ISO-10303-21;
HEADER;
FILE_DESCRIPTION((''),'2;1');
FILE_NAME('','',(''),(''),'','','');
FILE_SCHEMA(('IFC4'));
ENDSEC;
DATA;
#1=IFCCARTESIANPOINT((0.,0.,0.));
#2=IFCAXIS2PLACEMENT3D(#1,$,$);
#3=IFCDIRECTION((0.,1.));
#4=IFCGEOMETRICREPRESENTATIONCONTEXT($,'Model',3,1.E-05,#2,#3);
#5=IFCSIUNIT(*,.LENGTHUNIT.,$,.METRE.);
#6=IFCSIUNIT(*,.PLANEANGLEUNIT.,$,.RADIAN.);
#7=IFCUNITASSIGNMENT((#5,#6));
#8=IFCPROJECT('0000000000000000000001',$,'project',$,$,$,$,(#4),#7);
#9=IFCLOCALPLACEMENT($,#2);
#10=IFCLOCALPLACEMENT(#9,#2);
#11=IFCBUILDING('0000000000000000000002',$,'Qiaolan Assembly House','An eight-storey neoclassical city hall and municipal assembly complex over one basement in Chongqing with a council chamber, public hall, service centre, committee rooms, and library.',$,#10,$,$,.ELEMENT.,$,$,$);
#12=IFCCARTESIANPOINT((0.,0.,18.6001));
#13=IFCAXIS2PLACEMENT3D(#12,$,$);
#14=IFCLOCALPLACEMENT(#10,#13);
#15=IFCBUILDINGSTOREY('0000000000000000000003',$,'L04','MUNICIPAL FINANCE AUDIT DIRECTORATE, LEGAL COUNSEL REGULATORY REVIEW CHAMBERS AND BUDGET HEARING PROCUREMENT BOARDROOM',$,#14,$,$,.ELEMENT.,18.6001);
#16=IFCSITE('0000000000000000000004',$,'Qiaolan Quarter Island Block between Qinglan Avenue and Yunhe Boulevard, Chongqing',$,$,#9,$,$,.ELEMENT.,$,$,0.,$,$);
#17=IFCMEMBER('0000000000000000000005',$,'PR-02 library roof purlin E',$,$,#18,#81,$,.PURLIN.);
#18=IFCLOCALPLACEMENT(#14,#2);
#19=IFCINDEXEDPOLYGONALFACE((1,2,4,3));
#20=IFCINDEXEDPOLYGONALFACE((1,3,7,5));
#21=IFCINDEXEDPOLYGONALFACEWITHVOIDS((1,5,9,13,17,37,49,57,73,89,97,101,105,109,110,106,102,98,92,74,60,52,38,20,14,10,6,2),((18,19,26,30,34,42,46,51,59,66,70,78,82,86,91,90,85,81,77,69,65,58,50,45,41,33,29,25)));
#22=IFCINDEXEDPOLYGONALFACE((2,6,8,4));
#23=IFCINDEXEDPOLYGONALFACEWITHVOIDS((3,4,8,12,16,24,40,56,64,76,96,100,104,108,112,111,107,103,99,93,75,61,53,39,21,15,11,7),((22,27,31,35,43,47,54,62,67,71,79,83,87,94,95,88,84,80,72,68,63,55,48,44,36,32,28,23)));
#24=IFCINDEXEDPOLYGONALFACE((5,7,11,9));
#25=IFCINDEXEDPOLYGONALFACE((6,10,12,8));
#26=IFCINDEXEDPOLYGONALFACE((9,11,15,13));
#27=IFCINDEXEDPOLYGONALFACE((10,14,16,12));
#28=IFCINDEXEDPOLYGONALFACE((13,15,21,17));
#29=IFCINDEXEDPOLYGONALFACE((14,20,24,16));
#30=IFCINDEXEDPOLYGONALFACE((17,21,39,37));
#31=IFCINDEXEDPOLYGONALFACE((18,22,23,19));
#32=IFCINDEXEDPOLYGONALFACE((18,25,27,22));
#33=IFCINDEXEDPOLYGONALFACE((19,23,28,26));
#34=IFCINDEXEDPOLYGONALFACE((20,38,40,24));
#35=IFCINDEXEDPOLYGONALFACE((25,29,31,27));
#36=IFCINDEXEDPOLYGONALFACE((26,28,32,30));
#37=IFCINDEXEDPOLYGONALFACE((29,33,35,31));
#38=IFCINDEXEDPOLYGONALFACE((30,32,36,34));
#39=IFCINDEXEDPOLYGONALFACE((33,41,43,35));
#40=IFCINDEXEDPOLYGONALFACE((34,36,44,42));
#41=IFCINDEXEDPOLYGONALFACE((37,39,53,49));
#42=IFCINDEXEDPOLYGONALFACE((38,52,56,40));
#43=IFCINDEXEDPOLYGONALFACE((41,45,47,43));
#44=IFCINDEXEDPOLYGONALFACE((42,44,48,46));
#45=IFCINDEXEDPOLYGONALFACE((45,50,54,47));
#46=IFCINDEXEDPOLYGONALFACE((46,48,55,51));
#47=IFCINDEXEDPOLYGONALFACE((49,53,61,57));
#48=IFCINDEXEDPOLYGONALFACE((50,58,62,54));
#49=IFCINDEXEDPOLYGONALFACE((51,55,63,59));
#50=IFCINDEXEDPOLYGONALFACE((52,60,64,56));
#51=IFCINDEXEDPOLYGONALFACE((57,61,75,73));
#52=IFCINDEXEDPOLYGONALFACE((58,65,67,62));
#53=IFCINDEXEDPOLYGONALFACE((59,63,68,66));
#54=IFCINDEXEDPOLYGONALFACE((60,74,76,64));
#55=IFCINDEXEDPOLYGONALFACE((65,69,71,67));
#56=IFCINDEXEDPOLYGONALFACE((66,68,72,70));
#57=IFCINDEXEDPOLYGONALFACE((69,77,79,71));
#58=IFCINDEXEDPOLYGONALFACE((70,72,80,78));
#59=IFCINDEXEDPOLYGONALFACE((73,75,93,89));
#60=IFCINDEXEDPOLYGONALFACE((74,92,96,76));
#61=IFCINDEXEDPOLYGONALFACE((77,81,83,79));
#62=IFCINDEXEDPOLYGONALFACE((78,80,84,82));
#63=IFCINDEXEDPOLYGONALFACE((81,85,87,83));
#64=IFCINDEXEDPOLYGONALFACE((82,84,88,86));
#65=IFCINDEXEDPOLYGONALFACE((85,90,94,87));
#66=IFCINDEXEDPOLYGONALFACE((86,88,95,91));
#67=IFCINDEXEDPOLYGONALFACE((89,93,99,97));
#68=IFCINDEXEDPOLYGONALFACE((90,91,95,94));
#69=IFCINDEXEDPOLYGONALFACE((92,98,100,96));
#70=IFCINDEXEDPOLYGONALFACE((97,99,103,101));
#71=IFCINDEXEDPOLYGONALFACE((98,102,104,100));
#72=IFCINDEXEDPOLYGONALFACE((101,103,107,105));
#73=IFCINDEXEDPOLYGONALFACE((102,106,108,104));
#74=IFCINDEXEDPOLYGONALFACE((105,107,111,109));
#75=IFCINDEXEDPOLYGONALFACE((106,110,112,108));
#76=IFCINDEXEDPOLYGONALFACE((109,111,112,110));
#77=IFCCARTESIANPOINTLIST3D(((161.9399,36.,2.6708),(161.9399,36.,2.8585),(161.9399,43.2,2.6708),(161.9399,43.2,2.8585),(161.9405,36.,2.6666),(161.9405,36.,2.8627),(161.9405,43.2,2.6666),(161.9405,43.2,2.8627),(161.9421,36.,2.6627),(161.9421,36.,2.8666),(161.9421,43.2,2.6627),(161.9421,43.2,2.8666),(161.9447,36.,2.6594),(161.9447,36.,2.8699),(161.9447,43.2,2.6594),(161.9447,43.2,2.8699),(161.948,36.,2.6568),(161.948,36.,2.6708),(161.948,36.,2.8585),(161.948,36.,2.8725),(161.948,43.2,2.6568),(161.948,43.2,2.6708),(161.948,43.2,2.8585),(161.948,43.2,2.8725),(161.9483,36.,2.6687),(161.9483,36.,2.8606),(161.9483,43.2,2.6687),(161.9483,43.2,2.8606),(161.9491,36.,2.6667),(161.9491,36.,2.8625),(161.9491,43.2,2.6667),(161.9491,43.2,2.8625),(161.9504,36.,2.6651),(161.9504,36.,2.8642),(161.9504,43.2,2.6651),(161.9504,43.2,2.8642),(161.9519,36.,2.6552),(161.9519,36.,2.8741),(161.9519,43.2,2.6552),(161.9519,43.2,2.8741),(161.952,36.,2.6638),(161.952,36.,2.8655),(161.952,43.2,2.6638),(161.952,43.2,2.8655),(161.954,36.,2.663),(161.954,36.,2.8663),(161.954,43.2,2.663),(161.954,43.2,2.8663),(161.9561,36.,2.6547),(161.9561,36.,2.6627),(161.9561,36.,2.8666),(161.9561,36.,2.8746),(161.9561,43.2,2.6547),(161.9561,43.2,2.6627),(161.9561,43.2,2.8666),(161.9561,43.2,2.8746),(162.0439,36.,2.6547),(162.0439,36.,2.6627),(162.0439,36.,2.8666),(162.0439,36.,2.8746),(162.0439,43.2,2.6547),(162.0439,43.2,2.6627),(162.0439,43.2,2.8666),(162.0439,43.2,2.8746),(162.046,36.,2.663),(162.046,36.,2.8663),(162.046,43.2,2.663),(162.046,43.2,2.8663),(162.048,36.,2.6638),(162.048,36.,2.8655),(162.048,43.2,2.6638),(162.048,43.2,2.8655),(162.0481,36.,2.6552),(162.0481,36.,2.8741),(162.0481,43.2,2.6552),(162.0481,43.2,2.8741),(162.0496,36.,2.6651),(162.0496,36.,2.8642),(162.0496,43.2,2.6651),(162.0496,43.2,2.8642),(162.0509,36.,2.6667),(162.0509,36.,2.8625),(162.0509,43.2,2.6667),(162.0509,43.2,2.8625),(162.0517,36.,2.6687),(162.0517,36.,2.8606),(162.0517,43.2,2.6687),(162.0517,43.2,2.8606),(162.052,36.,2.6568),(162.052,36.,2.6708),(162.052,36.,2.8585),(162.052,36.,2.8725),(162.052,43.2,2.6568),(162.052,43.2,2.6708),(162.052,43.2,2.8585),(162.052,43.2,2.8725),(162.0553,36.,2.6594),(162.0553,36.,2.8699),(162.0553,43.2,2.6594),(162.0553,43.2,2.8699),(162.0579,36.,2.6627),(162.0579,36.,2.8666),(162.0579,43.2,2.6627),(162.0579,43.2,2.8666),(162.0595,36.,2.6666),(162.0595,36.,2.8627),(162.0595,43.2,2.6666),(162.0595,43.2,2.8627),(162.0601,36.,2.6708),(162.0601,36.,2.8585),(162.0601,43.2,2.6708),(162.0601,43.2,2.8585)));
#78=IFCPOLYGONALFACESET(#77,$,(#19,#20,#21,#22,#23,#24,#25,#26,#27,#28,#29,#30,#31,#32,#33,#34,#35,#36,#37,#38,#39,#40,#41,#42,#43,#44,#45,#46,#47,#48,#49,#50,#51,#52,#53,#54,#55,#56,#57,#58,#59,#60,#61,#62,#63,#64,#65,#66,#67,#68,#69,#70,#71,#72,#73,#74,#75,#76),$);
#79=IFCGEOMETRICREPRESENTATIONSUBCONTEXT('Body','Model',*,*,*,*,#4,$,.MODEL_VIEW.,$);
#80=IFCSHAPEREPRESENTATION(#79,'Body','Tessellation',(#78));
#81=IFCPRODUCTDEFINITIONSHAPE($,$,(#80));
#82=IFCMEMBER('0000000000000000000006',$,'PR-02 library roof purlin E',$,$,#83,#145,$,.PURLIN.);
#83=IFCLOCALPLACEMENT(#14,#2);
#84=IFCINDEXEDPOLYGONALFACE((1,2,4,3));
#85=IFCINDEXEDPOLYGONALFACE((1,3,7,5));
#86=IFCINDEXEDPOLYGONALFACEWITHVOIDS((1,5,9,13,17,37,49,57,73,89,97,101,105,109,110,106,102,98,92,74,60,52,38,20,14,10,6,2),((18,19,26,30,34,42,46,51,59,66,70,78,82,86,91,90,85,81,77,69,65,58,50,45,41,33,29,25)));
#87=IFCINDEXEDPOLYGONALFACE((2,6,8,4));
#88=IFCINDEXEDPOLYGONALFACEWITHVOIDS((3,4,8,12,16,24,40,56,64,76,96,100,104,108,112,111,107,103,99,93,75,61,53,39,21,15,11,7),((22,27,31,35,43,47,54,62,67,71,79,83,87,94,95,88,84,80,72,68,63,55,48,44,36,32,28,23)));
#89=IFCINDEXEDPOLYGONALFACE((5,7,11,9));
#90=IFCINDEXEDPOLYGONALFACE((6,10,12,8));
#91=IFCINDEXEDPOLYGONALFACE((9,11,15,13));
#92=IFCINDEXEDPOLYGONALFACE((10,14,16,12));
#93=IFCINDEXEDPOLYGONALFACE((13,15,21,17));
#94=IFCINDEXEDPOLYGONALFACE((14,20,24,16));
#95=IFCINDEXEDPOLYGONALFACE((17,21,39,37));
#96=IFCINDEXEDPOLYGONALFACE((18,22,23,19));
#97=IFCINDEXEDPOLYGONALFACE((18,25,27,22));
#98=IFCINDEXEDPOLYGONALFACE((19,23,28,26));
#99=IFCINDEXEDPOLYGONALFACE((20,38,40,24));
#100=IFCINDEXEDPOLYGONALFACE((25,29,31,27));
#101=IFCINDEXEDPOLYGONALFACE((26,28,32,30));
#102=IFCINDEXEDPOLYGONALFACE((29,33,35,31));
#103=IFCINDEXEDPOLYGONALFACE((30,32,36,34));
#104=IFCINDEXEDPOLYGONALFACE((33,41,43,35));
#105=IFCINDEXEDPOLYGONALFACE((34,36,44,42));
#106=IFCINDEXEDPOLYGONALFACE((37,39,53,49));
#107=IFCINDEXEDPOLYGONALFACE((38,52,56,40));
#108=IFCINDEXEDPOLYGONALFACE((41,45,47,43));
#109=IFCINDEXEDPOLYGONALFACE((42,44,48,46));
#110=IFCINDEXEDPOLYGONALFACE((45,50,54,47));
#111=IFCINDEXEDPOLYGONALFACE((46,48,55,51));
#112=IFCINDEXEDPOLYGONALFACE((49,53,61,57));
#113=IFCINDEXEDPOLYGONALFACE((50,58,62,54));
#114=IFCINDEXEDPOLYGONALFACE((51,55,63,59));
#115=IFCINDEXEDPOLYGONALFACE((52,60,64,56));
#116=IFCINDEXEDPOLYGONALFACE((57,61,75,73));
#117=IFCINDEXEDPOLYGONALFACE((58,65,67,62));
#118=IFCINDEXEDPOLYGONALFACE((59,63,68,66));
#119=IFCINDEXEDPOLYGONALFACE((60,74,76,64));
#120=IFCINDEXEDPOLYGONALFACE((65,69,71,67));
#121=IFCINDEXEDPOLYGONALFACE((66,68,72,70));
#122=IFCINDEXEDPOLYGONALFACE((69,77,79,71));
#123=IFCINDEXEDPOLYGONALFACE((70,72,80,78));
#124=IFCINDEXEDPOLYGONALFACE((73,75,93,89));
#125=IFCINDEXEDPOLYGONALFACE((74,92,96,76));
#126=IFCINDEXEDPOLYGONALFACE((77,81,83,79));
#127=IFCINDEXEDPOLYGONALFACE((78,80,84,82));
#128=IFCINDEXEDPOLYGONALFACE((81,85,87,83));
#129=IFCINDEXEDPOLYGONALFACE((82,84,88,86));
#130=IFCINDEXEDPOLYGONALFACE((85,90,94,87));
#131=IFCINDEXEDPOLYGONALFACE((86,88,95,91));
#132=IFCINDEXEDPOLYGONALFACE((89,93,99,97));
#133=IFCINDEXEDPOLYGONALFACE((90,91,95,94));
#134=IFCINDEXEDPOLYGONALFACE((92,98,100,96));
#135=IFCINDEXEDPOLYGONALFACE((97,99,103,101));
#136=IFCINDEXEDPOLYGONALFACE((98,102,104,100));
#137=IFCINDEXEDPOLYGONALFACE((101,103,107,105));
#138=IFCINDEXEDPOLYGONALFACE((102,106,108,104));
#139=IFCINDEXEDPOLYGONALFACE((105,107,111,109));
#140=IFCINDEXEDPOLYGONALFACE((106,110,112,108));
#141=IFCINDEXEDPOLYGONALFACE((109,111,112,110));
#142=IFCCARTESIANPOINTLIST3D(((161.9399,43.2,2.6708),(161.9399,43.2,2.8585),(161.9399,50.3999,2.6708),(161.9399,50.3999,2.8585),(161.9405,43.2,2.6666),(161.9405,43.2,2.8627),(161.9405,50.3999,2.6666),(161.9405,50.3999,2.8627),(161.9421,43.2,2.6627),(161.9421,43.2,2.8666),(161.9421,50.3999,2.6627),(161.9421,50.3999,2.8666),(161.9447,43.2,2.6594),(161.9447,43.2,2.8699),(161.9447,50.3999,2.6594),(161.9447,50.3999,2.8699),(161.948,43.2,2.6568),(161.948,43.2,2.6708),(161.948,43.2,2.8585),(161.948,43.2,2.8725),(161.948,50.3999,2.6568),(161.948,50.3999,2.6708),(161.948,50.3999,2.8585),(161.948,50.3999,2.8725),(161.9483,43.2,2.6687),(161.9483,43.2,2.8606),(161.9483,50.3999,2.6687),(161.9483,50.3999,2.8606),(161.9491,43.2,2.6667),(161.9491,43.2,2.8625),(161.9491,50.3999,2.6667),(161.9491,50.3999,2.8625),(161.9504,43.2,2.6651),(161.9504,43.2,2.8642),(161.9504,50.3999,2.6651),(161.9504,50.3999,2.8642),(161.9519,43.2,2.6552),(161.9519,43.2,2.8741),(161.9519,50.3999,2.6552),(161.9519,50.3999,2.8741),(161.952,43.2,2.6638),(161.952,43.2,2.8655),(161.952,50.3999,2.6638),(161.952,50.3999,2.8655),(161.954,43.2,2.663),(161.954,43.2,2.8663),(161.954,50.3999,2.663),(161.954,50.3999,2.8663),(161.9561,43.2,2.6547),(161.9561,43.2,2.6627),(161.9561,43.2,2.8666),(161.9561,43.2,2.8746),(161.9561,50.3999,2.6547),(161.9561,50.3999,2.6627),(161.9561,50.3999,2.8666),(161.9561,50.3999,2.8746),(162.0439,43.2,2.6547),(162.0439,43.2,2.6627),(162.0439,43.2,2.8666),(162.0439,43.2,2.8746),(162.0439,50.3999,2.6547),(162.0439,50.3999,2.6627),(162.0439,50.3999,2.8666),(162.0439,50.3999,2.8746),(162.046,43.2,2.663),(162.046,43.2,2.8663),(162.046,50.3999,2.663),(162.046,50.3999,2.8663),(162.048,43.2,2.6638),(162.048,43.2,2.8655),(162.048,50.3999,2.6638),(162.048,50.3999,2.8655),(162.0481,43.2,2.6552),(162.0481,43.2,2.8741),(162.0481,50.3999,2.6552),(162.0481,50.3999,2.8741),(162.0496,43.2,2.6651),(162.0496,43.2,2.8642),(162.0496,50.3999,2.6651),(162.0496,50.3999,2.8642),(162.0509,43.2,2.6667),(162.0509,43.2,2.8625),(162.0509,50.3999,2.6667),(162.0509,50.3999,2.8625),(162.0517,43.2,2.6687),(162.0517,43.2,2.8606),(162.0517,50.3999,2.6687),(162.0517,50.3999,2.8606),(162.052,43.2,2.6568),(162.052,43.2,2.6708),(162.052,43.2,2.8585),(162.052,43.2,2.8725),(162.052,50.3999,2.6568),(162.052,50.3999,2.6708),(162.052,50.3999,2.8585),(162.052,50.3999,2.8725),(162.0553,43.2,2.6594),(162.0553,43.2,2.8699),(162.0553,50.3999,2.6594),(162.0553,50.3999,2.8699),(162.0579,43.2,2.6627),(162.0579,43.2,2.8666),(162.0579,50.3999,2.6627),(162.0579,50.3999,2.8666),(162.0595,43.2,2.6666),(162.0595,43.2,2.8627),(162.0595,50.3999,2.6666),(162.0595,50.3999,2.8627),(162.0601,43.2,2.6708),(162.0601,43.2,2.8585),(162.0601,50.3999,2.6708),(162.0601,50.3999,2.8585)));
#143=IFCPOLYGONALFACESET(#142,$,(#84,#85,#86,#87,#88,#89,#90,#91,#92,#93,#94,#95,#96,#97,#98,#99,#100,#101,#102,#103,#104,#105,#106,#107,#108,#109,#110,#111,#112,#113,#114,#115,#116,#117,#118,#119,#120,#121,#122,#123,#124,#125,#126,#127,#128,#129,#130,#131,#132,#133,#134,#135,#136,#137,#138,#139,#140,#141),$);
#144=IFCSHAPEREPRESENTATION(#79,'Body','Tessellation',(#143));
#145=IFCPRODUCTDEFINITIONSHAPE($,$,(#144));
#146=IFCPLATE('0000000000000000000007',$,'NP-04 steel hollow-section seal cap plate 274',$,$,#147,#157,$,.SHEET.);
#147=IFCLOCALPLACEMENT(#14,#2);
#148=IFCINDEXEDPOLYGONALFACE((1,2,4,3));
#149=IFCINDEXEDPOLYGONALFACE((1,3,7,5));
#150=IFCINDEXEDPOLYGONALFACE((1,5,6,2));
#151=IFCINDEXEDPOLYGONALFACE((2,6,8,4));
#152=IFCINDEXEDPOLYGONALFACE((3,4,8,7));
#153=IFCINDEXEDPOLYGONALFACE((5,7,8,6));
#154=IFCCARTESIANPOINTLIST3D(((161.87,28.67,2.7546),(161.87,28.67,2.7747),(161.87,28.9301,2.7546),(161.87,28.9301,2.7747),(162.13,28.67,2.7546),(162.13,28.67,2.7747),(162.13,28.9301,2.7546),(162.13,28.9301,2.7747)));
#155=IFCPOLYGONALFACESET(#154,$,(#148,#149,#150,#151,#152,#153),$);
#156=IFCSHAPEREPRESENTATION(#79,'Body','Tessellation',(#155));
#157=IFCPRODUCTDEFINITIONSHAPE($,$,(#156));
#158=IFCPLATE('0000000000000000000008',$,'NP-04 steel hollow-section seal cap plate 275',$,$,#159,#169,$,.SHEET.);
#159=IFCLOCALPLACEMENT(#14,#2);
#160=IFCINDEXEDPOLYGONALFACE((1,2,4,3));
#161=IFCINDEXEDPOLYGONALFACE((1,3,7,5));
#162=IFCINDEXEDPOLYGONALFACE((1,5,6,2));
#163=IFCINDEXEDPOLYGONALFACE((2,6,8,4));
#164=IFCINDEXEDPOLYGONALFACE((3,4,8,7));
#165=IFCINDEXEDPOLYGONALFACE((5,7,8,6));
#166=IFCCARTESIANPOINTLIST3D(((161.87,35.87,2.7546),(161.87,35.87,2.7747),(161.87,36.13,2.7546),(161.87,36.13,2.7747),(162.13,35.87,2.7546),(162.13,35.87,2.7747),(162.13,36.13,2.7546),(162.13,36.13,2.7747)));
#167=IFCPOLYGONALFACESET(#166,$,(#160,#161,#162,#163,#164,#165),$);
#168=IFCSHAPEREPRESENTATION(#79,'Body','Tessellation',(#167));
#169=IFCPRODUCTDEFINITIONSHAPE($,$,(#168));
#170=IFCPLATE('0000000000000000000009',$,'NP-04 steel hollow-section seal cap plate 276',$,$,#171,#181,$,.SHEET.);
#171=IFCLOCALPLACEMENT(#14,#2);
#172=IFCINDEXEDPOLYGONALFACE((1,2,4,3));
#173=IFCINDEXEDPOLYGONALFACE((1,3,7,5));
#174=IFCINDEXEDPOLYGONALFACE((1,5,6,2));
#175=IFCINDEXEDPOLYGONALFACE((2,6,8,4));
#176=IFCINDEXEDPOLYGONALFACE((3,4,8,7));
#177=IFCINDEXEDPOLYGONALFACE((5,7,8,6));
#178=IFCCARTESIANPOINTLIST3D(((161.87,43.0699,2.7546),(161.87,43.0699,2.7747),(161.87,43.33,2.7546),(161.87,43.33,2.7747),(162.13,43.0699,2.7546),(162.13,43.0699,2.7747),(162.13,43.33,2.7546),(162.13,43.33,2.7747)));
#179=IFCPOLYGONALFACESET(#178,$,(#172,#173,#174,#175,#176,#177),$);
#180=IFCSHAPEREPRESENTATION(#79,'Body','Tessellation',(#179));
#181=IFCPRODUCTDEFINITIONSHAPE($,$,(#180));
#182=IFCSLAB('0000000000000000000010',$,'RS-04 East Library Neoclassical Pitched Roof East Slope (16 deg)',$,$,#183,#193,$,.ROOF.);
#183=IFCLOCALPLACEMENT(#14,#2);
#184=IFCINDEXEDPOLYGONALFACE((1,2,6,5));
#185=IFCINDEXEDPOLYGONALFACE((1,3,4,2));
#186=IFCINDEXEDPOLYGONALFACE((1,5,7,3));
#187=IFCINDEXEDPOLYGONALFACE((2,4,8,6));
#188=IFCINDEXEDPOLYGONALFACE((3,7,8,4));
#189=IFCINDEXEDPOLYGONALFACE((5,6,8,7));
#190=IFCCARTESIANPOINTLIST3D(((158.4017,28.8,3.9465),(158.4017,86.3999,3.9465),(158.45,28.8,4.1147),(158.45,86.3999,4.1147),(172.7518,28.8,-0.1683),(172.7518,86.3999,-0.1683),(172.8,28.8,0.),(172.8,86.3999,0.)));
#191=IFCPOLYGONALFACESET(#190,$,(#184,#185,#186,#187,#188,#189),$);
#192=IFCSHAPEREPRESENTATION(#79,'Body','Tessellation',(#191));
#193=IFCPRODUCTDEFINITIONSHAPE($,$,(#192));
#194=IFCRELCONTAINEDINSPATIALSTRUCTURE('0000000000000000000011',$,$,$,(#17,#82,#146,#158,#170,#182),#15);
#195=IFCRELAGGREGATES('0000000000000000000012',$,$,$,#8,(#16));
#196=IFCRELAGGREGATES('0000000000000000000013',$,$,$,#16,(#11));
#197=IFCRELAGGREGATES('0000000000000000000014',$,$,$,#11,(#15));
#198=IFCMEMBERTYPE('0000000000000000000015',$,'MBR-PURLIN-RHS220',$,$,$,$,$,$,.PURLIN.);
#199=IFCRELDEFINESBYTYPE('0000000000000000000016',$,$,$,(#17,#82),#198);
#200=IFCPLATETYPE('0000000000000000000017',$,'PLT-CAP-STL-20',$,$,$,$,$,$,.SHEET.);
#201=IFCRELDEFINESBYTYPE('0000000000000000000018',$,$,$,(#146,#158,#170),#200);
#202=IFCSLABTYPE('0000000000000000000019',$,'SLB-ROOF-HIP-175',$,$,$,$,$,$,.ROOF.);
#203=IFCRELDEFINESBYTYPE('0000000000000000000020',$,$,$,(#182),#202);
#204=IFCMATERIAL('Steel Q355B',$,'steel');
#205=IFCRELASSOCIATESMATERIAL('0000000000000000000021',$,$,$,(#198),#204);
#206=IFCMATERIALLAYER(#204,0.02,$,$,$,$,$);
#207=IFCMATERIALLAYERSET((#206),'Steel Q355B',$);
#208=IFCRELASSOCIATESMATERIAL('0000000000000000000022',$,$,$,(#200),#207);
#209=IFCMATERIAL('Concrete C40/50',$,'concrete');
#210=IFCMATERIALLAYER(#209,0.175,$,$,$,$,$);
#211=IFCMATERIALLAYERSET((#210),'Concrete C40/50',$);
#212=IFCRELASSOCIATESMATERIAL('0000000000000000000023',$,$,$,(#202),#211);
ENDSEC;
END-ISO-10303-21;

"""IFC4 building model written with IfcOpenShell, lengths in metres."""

from ifc_helpers import new_model, si_unit, direction, frame, origin, origin_2d, place, context, subcontext, project, spatial, polyline, rectangle, hollow_rectangle, outline, extrude, material, layer, layer_set, material_profile, profile_set, type_object, element, save


model = new_model("IFC4")

# Units and contexts
model_context = context("Model", 3, precision=1e-05, world=origin(), true_north=direction((0.0, 1.0)))
body_context = subcontext(model_context, "Body", "Model", "MODEL_VIEW")
ifc_project = project(units=[si_unit("LENGTHUNIT", "METRE"), si_unit("PLANEANGLEUNIT", "RADIAN")], contexts=[model_context])

# Site, building, storey
site_placement = place(None, origin())
site = spatial("IfcSite", under=ifc_project, at=site_placement, Name="Qiaolan Quarter Island Block between Qinglan Avenue and Yunhe Boulevard, Chongqing", CompositionType="ELEMENT", RefElevation=0.0)
building_placement = place(site_placement, origin())
building = spatial("IfcBuilding", under=site, at=building_placement, Name="Qiaolan Assembly House", Description="An eight-storey neoclassical city hall and municipal assembly complex over one basement in Chongqing with a council chamber, public hall, service centre, committee rooms, and library.", CompositionType="ELEMENT")
storey_placement = place(building_placement, frame((0.0, 0.0, 18.6001)))
storey = spatial("IfcBuildingStorey", under=building, at=storey_placement, Name="L04", Description="MUNICIPAL FINANCE AUDIT DIRECTORATE, LEGAL COUNSEL REGULATORY REVIEW CHAMBERS AND BUDGET HEARING PROCUREMENT BOARDROOM", CompositionType="ELEMENT", Elevation=18.6001)

# Shared definitions
ifc_material_1 = material(Name="Steel Q355B", Category="steel")

# Members
ifc_material_profile_1 = material_profile(ifc_material_1, hollow_rectangle(XDim=0.1201, YDim=0.22, WallThickness=0.0081, InnerFilletRadius=0.0081, OuterFilletRadius=0.0161, at=origin_2d()), Name="RHS 220x120x8")
ifc_profile_set_1 = profile_set([ifc_material_profile_1], Name="Steel Q355B")
member_type_1 = type_object("IfcMemberType", Name="MBR-PURLIN-RHS220", PredefinedType="PURLIN", material=ifc_profile_set_1)
for number, where, z_axis, x_axis, name in (
    (1, (162.0, 36.0, 2.7646), (0.0, 1.0, 0.0), (-1.0, 0.0, 0.0), "PR-02 library roof purlin E"),
    (2, (162.0, 43.2, 2.7646), (0.0, 1.0, 0.0), (-1.0, 0.0, 0.0), "PR-02 library roof purlin E"),
):
    element("IfcMember", number, at=place(storey_placement, frame(where, z_axis=z_axis, x_axis=x_axis)), inside=storey, type_object=member_type_1, Name=name, PredefinedType="PURLIN", context=body_context, shape_type="SweptSolid", body=[
        extrude(hollow_rectangle(XDim=0.1201, YDim=0.22, WallThickness=0.0081, InnerFilletRadius=0.0081, OuterFilletRadius=0.0161, at=origin_2d()), origin(), (0.0, 0.0, 1.0), 7.2),
    ])

# Plates
ifc_layer_1 = layer(ifc_material_1, 0.02)
ifc_layer_set_1 = layer_set([ifc_layer_1], Name="Steel Q355B")
plate_type = type_object("IfcPlateType", Name="PLT-CAP-STL-20", PredefinedType="SHEET", material=ifc_layer_set_1)
for number, where, z_axis, x_axis, name in (
    (3, (162.0, 28.8, 2.7546), (0.0, 0.0, 1.0), (1.0, 0.0, 0.0), "NP-04 steel hollow-section seal cap plate 274"),
    (4, (162.0, 36.0, 2.7546), (0.0, 0.0, 1.0), (1.0, 0.0, 0.0), "NP-04 steel hollow-section seal cap plate 275"),
    (5, (162.0, 43.2, 2.7546), (0.0, 0.0, 1.0), (1.0, 0.0, 0.0), "NP-04 steel hollow-section seal cap plate 276"),
):
    element("IfcPlate", number, at=place(storey_placement, frame(where, z_axis=z_axis, x_axis=x_axis)), inside=storey, type_object=plate_type, Name=name, PredefinedType="SHEET", context=body_context, shape_type="SweptSolid", body=[
        extrude(rectangle(XDim=0.26, YDim=0.26, at=origin_2d()), origin(), (0.0, 0.0, 1.0), 0.02),
    ])

# Slab
ifc_material_2 = material(Name="Concrete C40/50", Category="concrete")
ifc_layer_2 = layer(ifc_material_2, 0.175)
ifc_layer_set_2 = layer_set([ifc_layer_2], Name="Concrete C40/50")
slab_type = type_object("IfcSlabType", Name="SLB-ROOF-HIP-175", PredefinedType="ROOF", material=ifc_layer_set_2)
slab_placement = place(storey_placement, frame((158.45, 28.8, 4.1147), z_axis=(0.275633, 0.0, 0.961263), x_axis=(0.961263, 0.0, -0.275633)))
element("IfcSlab", 6, at=slab_placement, inside=storey, type_object=slab_type, Name="RS-04 East Library Neoclassical Pitched Roof East Slope (16 deg)", PredefinedType="ROOF", context=body_context, shape_type="SweptSolid", body=[
    extrude(outline(polyline([(0.0, 0.0), (14.9284, 0.0), (14.9284, 57.5999), (0.0, 57.5999), (0.0, 0.0)])), origin(), (0.0, 0.0, -1.0), 0.175),
])

save(model, "model.ifc")
